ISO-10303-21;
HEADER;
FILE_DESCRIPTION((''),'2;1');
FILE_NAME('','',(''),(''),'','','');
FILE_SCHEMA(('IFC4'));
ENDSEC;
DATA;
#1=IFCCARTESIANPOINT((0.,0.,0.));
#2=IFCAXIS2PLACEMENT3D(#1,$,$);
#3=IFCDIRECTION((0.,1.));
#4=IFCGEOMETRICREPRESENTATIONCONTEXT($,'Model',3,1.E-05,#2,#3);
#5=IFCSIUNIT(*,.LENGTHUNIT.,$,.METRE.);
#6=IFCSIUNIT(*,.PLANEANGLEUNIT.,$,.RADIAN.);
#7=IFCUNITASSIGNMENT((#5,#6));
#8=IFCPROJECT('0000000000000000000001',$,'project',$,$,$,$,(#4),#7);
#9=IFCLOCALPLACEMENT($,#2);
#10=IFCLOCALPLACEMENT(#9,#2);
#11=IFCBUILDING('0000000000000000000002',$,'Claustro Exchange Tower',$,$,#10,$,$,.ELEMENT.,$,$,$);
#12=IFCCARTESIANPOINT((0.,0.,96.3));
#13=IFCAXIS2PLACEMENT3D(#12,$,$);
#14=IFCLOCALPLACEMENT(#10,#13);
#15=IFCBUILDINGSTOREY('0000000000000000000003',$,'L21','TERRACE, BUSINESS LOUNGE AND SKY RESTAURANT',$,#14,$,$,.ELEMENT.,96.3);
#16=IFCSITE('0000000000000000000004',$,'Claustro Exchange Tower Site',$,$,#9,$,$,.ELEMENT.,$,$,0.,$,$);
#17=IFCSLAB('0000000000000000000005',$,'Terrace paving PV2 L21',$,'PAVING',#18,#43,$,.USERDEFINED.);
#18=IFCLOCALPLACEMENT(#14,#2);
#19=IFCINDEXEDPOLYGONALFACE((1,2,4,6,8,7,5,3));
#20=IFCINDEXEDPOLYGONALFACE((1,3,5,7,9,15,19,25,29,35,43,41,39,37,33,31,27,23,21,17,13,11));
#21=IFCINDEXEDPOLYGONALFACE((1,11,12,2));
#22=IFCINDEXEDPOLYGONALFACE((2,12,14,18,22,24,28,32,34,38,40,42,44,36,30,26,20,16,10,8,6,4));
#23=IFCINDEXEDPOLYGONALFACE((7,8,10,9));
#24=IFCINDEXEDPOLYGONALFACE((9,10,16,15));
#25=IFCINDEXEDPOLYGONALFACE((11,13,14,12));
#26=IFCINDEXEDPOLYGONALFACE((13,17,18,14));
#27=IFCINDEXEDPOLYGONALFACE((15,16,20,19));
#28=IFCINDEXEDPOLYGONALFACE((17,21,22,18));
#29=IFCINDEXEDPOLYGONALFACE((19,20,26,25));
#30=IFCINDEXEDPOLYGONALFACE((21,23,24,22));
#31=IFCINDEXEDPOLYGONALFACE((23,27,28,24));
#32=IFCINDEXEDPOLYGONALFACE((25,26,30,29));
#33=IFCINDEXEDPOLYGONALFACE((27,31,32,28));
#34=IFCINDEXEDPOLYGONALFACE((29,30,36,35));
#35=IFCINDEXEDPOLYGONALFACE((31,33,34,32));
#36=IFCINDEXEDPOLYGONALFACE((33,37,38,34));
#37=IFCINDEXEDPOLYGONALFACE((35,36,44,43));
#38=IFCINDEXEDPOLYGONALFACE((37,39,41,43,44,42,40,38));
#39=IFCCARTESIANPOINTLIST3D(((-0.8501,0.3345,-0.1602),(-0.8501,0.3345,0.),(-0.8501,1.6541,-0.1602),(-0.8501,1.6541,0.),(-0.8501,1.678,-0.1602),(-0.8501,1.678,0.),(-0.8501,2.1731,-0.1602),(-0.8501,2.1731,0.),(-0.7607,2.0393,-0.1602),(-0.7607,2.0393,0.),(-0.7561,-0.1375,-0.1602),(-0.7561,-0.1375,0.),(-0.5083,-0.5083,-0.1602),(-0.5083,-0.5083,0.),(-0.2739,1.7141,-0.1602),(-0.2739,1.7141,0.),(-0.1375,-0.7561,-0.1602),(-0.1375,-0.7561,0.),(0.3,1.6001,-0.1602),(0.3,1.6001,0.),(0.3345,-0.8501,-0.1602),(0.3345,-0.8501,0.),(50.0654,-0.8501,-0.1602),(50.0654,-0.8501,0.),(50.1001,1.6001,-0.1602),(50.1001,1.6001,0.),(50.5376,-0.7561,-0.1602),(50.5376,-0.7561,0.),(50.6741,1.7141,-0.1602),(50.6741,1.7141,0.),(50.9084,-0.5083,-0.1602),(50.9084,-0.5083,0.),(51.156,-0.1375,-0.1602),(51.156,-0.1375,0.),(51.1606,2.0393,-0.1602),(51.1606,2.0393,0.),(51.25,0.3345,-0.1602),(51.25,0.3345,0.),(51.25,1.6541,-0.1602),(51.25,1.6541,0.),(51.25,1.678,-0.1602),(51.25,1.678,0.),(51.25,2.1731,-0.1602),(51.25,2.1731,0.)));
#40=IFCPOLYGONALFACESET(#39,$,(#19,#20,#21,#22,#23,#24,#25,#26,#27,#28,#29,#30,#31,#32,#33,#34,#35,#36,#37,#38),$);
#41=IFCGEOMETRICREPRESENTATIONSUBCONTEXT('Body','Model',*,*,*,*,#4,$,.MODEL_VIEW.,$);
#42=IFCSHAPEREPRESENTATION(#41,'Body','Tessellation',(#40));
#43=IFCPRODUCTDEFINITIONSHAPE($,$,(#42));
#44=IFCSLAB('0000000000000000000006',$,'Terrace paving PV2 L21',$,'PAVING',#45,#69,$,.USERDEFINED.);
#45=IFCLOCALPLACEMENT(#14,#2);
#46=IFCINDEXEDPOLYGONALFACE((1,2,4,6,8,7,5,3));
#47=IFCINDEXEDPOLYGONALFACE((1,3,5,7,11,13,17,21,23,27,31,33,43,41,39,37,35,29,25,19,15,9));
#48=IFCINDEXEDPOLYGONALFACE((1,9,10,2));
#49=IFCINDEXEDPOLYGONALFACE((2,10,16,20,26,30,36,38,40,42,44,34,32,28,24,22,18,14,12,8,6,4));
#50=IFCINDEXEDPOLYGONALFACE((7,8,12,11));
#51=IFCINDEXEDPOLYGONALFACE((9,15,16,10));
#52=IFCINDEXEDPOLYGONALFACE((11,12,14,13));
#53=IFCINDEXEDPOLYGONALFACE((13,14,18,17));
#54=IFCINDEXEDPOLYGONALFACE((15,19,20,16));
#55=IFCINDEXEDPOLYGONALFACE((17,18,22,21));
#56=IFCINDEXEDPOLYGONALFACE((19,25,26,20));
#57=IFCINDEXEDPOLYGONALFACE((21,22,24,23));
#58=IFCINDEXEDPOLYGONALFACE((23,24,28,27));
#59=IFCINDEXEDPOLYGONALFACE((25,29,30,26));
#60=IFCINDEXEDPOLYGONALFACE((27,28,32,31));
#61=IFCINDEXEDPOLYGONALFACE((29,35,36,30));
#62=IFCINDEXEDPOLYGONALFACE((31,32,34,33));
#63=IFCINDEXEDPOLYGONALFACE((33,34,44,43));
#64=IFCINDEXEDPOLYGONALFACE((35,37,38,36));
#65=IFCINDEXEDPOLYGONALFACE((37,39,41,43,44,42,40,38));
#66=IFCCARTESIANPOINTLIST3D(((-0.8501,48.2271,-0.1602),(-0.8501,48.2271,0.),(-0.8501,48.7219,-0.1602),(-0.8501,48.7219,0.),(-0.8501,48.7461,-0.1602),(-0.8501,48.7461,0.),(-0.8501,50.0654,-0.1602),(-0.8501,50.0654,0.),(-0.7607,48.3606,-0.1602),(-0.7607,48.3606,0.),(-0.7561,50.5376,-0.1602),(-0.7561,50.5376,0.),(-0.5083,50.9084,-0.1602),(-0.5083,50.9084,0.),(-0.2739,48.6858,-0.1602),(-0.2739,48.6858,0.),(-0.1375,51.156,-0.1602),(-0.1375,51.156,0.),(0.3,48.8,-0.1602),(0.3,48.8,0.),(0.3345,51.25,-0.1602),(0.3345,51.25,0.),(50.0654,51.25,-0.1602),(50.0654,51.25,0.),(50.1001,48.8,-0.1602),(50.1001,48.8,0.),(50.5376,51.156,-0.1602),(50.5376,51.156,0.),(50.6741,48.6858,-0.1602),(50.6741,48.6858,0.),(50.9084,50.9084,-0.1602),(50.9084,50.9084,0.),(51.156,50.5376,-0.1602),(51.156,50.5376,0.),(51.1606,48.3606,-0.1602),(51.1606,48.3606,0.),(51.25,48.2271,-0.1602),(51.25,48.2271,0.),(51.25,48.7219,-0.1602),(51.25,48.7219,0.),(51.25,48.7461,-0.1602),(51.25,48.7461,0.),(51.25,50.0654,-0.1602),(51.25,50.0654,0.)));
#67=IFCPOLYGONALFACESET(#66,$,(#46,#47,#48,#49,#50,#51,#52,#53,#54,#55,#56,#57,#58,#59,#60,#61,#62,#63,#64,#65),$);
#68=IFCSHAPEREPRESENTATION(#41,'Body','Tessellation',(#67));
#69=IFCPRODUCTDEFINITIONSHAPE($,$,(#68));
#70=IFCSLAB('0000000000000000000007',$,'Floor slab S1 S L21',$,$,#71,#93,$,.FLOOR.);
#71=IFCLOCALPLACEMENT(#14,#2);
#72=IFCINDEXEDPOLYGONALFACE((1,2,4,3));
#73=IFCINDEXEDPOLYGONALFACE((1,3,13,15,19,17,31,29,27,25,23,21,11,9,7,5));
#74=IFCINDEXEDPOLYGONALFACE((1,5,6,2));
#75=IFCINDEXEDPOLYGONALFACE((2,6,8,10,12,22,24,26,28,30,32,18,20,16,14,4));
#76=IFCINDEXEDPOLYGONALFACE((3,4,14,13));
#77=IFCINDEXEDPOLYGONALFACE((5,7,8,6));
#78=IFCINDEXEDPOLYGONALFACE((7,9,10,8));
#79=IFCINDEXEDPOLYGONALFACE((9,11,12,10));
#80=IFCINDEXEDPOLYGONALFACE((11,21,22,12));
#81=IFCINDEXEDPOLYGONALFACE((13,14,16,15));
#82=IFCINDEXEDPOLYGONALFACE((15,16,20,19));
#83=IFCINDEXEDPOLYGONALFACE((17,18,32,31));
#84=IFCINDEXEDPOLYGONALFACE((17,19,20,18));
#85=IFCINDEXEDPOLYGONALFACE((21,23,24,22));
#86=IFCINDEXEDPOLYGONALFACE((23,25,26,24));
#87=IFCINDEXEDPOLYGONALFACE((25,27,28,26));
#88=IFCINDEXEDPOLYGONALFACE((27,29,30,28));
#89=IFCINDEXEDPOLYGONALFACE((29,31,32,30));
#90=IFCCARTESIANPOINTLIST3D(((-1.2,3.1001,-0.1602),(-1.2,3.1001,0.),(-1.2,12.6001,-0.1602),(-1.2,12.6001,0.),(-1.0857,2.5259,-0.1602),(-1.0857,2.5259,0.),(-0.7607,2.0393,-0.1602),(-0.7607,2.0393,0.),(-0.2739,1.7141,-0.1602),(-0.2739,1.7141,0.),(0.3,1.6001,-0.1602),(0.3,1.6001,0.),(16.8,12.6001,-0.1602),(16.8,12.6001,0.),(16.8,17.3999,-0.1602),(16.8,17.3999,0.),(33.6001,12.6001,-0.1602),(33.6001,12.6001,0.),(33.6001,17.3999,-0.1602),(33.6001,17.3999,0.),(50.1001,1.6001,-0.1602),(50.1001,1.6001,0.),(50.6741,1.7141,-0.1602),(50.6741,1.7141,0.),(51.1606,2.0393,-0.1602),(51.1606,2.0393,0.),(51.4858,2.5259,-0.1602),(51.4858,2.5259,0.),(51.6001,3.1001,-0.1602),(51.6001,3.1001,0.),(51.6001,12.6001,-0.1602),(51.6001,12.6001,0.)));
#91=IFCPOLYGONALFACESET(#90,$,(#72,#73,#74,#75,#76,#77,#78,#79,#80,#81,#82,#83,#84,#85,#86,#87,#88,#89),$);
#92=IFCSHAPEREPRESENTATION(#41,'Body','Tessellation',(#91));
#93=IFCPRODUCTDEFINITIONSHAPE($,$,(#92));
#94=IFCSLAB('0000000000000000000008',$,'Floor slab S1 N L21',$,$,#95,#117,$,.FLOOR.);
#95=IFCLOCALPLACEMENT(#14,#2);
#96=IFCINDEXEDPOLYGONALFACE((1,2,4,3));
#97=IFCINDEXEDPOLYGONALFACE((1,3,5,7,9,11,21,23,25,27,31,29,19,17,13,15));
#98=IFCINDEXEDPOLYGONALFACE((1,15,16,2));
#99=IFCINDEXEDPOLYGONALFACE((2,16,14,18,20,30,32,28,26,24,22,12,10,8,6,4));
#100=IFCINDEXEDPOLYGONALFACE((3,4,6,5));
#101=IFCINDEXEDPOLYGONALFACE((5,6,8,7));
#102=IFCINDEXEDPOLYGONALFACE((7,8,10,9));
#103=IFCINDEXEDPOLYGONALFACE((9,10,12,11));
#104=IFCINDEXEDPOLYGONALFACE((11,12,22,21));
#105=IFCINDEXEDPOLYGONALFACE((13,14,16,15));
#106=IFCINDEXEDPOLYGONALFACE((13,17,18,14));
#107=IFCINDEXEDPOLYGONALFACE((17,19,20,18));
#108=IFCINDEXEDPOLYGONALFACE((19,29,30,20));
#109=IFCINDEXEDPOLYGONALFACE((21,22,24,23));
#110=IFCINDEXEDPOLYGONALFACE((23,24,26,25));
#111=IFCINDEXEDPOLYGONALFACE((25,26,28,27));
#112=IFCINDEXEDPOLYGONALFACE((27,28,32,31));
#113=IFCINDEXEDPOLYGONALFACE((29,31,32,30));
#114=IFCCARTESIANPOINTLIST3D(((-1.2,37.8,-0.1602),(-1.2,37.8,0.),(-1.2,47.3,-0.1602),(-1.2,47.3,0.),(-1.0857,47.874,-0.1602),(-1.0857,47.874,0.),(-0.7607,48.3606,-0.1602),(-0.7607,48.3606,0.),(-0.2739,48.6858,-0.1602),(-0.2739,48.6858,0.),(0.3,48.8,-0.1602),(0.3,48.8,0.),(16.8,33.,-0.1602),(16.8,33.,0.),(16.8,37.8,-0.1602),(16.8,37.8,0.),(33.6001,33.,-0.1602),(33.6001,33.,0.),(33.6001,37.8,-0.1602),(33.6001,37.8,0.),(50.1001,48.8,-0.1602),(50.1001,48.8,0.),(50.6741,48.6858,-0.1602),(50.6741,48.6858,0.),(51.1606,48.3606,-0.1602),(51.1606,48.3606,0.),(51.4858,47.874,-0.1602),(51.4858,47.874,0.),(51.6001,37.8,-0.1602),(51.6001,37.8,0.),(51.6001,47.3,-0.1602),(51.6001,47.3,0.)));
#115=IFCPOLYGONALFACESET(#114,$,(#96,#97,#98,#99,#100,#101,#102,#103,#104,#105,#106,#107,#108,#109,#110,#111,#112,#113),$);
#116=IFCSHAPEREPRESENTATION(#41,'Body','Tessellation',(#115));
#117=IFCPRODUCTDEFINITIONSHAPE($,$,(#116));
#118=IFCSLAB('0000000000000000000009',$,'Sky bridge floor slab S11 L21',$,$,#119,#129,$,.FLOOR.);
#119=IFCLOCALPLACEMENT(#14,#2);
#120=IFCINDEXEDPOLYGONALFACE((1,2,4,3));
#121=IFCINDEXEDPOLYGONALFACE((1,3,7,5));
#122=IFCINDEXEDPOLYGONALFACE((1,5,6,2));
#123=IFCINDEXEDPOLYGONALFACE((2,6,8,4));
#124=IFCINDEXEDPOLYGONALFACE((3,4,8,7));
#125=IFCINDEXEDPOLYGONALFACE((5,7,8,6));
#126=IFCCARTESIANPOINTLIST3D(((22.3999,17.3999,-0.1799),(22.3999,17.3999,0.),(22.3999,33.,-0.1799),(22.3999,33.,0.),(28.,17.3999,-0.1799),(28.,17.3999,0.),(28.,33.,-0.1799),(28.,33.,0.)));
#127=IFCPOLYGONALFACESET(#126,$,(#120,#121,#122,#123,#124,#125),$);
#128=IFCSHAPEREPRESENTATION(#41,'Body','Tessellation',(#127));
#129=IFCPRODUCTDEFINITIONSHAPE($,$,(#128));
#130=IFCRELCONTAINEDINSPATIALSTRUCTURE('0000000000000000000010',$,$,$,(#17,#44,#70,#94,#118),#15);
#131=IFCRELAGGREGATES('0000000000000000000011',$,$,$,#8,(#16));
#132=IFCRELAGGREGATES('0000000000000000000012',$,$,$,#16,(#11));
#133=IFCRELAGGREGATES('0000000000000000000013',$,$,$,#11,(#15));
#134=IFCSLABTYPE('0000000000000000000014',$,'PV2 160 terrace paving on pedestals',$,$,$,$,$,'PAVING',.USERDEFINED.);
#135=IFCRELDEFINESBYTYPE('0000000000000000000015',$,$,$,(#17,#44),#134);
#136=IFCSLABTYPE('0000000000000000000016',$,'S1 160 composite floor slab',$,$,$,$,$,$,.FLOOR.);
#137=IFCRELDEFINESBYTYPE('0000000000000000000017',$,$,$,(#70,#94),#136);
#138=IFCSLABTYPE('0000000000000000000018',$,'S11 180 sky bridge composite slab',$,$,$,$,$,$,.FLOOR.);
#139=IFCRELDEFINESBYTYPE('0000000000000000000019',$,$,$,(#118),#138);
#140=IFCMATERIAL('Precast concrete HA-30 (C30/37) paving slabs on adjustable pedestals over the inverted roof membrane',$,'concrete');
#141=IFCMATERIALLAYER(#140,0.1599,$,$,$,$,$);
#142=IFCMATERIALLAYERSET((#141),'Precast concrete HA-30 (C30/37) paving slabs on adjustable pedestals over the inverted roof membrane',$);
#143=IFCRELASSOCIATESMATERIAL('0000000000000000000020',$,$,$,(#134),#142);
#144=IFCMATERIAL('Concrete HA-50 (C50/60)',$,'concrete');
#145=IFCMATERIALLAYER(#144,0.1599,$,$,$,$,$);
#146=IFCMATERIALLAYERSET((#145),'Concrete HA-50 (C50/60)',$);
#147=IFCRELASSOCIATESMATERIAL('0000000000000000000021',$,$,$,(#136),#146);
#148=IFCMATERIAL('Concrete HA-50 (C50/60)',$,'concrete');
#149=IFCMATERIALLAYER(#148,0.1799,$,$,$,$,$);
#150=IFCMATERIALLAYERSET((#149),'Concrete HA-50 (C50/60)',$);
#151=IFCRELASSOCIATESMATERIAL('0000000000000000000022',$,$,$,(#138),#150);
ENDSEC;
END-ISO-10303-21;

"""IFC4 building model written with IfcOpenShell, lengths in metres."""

from ifc_helpers import new_model, si_unit, direction, frame, origin, place, context, subcontext, project, spatial, polyline, outline, extrude, material, layer, layer_set, type_object, element, save


model = new_model("IFC4")

# Units and contexts
model_context = context("Model", 3, precision=1e-05, world=origin(), true_north=direction((0.0, 1.0)))
body_context = subcontext(model_context, "Body", "Model", "MODEL_VIEW")
ifc_project = project(units=[si_unit("LENGTHUNIT", "METRE"), si_unit("PLANEANGLEUNIT", "RADIAN")], contexts=[model_context])

# Site, building, storey
site_placement = place(None, origin())
site = spatial("IfcSite", under=ifc_project, at=site_placement, Name="Claustro Exchange Tower Site", CompositionType="ELEMENT", RefElevation=0.0)
building_placement = place(site_placement, origin())
building = spatial("IfcBuilding", under=site, at=building_placement, Name="Claustro Exchange Tower", CompositionType="ELEMENT")
storey_placement = place(building_placement, frame((0.0, 0.0, 96.3)))
storey = spatial("IfcBuildingStorey", under=building, at=storey_placement, Name="L21", Description="TERRACE, BUSINESS LOUNGE AND SKY RESTAURANT", CompositionType="ELEMENT", Elevation=96.3)

# Slabs
ifc_material_1 = material(Name="Precast concrete HA-30 (C30/37) paving slabs on adjustable pedestals over the inverted roof membrane", Category="concrete")
ifc_layer_1 = layer(ifc_material_1, 0.1599)
ifc_layer_set_1 = layer_set([ifc_layer_1], Name="Precast concrete HA-30 (C30/37) paving slabs on adjustable pedestals over the inverted roof membrane")
slab_type_1 = type_object("IfcSlabType", Name="PV2 160 terrace paving on pedestals", ElementType="PAVING", PredefinedType="USERDEFINED", material=ifc_layer_set_1)
slab_1_placement = place(storey_placement, frame((0.0, 0.0, -0.1602)))
element("IfcSlab", 1, at=slab_1_placement, inside=storey, type_object=slab_type_1, Name="Terrace paving PV2 L21", ObjectType="PAVING", PredefinedType="USERDEFINED", context=body_context, shape_type="SweptSolid", body=[
    extrude(outline(polyline([(51.25, 0.3345), (51.25, 1.6541), (51.25, 1.678), (51.25, 2.1731), (51.1606, 2.0393), (50.6741, 1.7141), (50.1001, 1.6001), (0.3, 1.6001), (-0.2739, 1.7141), (-0.7607, 2.0393), (-0.8501, 2.1731), (-0.8501, 1.678), (-0.8501, 1.6541), (-0.8501, 0.3345), (-0.7561, -0.1375), (-0.5083, -0.5083), (-0.1375, -0.7561), (0.3345, -0.8501), (50.0654, -0.8501), (50.5376, -0.7561), (50.9084, -0.5083), (51.156, -0.1375), (51.25, 0.3345)])), origin(), (0.0, 0.0, 1.0), 0.1602),
])
slab_2_placement = place(storey_placement, frame((0.0, 0.0, -0.1602)))
element("IfcSlab", 2, at=slab_2_placement, inside=storey, type_object=slab_type_1, Name="Terrace paving PV2 L21", ObjectType="PAVING", PredefinedType="USERDEFINED", context=body_context, shape_type="SweptSolid", body=[
    extrude(outline(polyline([(-0.8501, 50.0654), (-0.8501, 48.7461), (-0.8501, 48.7219), (-0.8501, 48.2271), (-0.7607, 48.3606), (-0.2739, 48.6858), (0.3, 48.8), (50.1001, 48.8), (50.6741, 48.6858), (51.1606, 48.3606), (51.25, 48.2271), (51.25, 48.7219), (51.25, 48.7461), (51.25, 50.0654), (51.156, 50.5376), (50.9084, 50.9084), (50.5376, 51.156), (50.0654, 51.25), (0.3345, 51.25), (-0.1375, 51.156), (-0.5083, 50.9084), (-0.7561, 50.5376), (-0.8501, 50.0654)])), origin(), (0.0, 0.0, 1.0), 0.1602),
])
ifc_material_2 = material(Name="Concrete HA-50 (C50/60)", Category="concrete")
ifc_layer_2 = layer(ifc_material_2, 0.1599)
ifc_layer_set_2 = layer_set([ifc_layer_2], Name="Concrete HA-50 (C50/60)")
slab_type_2 = type_object("IfcSlabType", Name="S1 160 composite floor slab", PredefinedType="FLOOR", material=ifc_layer_set_2)
slab_3_placement = place(storey_placement, frame((0.0, 0.0, -0.1602)))
element("IfcSlab", 3, at=slab_3_placement, inside=storey, type_object=slab_type_2, Name="Floor slab S1 S L21", PredefinedType="FLOOR", context=body_context, shape_type="SweptSolid", body=[
    extrude(outline(polyline([(-0.2739, 1.7141), (0.3, 1.6001), (50.1001, 1.6001), (50.6741, 1.7141), (51.1606, 2.0393), (51.4858, 2.5259), (51.6001, 3.1001), (51.6001, 12.6001), (33.6001, 12.6001), (33.6001, 17.3999), (16.8, 17.3999), (16.8, 12.6001), (-1.2, 12.6001), (-1.2, 3.1001), (-1.0857, 2.5259), (-0.7607, 2.0393), (-0.2739, 1.7141)])), origin(), (0.0, 0.0, 1.0), 0.1602),
])
slab_4_placement = place(storey_placement, frame((0.0, 0.0, -0.1602)))
element("IfcSlab", 4, at=slab_4_placement, inside=storey, type_object=slab_type_2, Name="Floor slab S1 N L21", PredefinedType="FLOOR", context=body_context, shape_type="SweptSolid", body=[
    extrude(outline(polyline([(16.8, 37.8), (16.8, 33.0), (33.6001, 33.0), (33.6001, 37.8), (51.6001, 37.8), (51.6001, 47.3), (51.4858, 47.874), (51.1606, 48.3606), (50.6741, 48.6858), (50.1001, 48.8), (0.3, 48.8), (-0.2739, 48.6858), (-0.7607, 48.3606), (-1.0857, 47.874), (-1.2, 47.3), (-1.2, 37.8), (16.8, 37.8)])), origin(), (0.0, 0.0, 1.0), 0.1602),
])
ifc_material_3 = material(Name="Concrete HA-50 (C50/60)", Category="concrete")
ifc_layer_3 = layer(ifc_material_3, 0.1799)
ifc_layer_set_3 = layer_set([ifc_layer_3], Name="Concrete HA-50 (C50/60)")
slab_type_3 = type_object("IfcSlabType", Name="S11 180 sky bridge composite slab", PredefinedType="FLOOR", material=ifc_layer_set_3)
slab_5_placement = place(storey_placement, frame((0.0, 0.0, -0.1799)))
element("IfcSlab", 5, at=slab_5_placement, inside=storey, type_object=slab_type_3, Name="Sky bridge floor slab S11 L21", PredefinedType="FLOOR", context=body_context, shape_type="SweptSolid", body=[
    extrude(outline(polyline([(28.0, 17.3999), (28.0, 33.0), (22.3999, 33.0), (22.3999, 17.3999), (28.0, 17.3999)])), origin(), (0.0, 0.0, 1.0), 0.1799),
])

save(model, "model.ifc")
